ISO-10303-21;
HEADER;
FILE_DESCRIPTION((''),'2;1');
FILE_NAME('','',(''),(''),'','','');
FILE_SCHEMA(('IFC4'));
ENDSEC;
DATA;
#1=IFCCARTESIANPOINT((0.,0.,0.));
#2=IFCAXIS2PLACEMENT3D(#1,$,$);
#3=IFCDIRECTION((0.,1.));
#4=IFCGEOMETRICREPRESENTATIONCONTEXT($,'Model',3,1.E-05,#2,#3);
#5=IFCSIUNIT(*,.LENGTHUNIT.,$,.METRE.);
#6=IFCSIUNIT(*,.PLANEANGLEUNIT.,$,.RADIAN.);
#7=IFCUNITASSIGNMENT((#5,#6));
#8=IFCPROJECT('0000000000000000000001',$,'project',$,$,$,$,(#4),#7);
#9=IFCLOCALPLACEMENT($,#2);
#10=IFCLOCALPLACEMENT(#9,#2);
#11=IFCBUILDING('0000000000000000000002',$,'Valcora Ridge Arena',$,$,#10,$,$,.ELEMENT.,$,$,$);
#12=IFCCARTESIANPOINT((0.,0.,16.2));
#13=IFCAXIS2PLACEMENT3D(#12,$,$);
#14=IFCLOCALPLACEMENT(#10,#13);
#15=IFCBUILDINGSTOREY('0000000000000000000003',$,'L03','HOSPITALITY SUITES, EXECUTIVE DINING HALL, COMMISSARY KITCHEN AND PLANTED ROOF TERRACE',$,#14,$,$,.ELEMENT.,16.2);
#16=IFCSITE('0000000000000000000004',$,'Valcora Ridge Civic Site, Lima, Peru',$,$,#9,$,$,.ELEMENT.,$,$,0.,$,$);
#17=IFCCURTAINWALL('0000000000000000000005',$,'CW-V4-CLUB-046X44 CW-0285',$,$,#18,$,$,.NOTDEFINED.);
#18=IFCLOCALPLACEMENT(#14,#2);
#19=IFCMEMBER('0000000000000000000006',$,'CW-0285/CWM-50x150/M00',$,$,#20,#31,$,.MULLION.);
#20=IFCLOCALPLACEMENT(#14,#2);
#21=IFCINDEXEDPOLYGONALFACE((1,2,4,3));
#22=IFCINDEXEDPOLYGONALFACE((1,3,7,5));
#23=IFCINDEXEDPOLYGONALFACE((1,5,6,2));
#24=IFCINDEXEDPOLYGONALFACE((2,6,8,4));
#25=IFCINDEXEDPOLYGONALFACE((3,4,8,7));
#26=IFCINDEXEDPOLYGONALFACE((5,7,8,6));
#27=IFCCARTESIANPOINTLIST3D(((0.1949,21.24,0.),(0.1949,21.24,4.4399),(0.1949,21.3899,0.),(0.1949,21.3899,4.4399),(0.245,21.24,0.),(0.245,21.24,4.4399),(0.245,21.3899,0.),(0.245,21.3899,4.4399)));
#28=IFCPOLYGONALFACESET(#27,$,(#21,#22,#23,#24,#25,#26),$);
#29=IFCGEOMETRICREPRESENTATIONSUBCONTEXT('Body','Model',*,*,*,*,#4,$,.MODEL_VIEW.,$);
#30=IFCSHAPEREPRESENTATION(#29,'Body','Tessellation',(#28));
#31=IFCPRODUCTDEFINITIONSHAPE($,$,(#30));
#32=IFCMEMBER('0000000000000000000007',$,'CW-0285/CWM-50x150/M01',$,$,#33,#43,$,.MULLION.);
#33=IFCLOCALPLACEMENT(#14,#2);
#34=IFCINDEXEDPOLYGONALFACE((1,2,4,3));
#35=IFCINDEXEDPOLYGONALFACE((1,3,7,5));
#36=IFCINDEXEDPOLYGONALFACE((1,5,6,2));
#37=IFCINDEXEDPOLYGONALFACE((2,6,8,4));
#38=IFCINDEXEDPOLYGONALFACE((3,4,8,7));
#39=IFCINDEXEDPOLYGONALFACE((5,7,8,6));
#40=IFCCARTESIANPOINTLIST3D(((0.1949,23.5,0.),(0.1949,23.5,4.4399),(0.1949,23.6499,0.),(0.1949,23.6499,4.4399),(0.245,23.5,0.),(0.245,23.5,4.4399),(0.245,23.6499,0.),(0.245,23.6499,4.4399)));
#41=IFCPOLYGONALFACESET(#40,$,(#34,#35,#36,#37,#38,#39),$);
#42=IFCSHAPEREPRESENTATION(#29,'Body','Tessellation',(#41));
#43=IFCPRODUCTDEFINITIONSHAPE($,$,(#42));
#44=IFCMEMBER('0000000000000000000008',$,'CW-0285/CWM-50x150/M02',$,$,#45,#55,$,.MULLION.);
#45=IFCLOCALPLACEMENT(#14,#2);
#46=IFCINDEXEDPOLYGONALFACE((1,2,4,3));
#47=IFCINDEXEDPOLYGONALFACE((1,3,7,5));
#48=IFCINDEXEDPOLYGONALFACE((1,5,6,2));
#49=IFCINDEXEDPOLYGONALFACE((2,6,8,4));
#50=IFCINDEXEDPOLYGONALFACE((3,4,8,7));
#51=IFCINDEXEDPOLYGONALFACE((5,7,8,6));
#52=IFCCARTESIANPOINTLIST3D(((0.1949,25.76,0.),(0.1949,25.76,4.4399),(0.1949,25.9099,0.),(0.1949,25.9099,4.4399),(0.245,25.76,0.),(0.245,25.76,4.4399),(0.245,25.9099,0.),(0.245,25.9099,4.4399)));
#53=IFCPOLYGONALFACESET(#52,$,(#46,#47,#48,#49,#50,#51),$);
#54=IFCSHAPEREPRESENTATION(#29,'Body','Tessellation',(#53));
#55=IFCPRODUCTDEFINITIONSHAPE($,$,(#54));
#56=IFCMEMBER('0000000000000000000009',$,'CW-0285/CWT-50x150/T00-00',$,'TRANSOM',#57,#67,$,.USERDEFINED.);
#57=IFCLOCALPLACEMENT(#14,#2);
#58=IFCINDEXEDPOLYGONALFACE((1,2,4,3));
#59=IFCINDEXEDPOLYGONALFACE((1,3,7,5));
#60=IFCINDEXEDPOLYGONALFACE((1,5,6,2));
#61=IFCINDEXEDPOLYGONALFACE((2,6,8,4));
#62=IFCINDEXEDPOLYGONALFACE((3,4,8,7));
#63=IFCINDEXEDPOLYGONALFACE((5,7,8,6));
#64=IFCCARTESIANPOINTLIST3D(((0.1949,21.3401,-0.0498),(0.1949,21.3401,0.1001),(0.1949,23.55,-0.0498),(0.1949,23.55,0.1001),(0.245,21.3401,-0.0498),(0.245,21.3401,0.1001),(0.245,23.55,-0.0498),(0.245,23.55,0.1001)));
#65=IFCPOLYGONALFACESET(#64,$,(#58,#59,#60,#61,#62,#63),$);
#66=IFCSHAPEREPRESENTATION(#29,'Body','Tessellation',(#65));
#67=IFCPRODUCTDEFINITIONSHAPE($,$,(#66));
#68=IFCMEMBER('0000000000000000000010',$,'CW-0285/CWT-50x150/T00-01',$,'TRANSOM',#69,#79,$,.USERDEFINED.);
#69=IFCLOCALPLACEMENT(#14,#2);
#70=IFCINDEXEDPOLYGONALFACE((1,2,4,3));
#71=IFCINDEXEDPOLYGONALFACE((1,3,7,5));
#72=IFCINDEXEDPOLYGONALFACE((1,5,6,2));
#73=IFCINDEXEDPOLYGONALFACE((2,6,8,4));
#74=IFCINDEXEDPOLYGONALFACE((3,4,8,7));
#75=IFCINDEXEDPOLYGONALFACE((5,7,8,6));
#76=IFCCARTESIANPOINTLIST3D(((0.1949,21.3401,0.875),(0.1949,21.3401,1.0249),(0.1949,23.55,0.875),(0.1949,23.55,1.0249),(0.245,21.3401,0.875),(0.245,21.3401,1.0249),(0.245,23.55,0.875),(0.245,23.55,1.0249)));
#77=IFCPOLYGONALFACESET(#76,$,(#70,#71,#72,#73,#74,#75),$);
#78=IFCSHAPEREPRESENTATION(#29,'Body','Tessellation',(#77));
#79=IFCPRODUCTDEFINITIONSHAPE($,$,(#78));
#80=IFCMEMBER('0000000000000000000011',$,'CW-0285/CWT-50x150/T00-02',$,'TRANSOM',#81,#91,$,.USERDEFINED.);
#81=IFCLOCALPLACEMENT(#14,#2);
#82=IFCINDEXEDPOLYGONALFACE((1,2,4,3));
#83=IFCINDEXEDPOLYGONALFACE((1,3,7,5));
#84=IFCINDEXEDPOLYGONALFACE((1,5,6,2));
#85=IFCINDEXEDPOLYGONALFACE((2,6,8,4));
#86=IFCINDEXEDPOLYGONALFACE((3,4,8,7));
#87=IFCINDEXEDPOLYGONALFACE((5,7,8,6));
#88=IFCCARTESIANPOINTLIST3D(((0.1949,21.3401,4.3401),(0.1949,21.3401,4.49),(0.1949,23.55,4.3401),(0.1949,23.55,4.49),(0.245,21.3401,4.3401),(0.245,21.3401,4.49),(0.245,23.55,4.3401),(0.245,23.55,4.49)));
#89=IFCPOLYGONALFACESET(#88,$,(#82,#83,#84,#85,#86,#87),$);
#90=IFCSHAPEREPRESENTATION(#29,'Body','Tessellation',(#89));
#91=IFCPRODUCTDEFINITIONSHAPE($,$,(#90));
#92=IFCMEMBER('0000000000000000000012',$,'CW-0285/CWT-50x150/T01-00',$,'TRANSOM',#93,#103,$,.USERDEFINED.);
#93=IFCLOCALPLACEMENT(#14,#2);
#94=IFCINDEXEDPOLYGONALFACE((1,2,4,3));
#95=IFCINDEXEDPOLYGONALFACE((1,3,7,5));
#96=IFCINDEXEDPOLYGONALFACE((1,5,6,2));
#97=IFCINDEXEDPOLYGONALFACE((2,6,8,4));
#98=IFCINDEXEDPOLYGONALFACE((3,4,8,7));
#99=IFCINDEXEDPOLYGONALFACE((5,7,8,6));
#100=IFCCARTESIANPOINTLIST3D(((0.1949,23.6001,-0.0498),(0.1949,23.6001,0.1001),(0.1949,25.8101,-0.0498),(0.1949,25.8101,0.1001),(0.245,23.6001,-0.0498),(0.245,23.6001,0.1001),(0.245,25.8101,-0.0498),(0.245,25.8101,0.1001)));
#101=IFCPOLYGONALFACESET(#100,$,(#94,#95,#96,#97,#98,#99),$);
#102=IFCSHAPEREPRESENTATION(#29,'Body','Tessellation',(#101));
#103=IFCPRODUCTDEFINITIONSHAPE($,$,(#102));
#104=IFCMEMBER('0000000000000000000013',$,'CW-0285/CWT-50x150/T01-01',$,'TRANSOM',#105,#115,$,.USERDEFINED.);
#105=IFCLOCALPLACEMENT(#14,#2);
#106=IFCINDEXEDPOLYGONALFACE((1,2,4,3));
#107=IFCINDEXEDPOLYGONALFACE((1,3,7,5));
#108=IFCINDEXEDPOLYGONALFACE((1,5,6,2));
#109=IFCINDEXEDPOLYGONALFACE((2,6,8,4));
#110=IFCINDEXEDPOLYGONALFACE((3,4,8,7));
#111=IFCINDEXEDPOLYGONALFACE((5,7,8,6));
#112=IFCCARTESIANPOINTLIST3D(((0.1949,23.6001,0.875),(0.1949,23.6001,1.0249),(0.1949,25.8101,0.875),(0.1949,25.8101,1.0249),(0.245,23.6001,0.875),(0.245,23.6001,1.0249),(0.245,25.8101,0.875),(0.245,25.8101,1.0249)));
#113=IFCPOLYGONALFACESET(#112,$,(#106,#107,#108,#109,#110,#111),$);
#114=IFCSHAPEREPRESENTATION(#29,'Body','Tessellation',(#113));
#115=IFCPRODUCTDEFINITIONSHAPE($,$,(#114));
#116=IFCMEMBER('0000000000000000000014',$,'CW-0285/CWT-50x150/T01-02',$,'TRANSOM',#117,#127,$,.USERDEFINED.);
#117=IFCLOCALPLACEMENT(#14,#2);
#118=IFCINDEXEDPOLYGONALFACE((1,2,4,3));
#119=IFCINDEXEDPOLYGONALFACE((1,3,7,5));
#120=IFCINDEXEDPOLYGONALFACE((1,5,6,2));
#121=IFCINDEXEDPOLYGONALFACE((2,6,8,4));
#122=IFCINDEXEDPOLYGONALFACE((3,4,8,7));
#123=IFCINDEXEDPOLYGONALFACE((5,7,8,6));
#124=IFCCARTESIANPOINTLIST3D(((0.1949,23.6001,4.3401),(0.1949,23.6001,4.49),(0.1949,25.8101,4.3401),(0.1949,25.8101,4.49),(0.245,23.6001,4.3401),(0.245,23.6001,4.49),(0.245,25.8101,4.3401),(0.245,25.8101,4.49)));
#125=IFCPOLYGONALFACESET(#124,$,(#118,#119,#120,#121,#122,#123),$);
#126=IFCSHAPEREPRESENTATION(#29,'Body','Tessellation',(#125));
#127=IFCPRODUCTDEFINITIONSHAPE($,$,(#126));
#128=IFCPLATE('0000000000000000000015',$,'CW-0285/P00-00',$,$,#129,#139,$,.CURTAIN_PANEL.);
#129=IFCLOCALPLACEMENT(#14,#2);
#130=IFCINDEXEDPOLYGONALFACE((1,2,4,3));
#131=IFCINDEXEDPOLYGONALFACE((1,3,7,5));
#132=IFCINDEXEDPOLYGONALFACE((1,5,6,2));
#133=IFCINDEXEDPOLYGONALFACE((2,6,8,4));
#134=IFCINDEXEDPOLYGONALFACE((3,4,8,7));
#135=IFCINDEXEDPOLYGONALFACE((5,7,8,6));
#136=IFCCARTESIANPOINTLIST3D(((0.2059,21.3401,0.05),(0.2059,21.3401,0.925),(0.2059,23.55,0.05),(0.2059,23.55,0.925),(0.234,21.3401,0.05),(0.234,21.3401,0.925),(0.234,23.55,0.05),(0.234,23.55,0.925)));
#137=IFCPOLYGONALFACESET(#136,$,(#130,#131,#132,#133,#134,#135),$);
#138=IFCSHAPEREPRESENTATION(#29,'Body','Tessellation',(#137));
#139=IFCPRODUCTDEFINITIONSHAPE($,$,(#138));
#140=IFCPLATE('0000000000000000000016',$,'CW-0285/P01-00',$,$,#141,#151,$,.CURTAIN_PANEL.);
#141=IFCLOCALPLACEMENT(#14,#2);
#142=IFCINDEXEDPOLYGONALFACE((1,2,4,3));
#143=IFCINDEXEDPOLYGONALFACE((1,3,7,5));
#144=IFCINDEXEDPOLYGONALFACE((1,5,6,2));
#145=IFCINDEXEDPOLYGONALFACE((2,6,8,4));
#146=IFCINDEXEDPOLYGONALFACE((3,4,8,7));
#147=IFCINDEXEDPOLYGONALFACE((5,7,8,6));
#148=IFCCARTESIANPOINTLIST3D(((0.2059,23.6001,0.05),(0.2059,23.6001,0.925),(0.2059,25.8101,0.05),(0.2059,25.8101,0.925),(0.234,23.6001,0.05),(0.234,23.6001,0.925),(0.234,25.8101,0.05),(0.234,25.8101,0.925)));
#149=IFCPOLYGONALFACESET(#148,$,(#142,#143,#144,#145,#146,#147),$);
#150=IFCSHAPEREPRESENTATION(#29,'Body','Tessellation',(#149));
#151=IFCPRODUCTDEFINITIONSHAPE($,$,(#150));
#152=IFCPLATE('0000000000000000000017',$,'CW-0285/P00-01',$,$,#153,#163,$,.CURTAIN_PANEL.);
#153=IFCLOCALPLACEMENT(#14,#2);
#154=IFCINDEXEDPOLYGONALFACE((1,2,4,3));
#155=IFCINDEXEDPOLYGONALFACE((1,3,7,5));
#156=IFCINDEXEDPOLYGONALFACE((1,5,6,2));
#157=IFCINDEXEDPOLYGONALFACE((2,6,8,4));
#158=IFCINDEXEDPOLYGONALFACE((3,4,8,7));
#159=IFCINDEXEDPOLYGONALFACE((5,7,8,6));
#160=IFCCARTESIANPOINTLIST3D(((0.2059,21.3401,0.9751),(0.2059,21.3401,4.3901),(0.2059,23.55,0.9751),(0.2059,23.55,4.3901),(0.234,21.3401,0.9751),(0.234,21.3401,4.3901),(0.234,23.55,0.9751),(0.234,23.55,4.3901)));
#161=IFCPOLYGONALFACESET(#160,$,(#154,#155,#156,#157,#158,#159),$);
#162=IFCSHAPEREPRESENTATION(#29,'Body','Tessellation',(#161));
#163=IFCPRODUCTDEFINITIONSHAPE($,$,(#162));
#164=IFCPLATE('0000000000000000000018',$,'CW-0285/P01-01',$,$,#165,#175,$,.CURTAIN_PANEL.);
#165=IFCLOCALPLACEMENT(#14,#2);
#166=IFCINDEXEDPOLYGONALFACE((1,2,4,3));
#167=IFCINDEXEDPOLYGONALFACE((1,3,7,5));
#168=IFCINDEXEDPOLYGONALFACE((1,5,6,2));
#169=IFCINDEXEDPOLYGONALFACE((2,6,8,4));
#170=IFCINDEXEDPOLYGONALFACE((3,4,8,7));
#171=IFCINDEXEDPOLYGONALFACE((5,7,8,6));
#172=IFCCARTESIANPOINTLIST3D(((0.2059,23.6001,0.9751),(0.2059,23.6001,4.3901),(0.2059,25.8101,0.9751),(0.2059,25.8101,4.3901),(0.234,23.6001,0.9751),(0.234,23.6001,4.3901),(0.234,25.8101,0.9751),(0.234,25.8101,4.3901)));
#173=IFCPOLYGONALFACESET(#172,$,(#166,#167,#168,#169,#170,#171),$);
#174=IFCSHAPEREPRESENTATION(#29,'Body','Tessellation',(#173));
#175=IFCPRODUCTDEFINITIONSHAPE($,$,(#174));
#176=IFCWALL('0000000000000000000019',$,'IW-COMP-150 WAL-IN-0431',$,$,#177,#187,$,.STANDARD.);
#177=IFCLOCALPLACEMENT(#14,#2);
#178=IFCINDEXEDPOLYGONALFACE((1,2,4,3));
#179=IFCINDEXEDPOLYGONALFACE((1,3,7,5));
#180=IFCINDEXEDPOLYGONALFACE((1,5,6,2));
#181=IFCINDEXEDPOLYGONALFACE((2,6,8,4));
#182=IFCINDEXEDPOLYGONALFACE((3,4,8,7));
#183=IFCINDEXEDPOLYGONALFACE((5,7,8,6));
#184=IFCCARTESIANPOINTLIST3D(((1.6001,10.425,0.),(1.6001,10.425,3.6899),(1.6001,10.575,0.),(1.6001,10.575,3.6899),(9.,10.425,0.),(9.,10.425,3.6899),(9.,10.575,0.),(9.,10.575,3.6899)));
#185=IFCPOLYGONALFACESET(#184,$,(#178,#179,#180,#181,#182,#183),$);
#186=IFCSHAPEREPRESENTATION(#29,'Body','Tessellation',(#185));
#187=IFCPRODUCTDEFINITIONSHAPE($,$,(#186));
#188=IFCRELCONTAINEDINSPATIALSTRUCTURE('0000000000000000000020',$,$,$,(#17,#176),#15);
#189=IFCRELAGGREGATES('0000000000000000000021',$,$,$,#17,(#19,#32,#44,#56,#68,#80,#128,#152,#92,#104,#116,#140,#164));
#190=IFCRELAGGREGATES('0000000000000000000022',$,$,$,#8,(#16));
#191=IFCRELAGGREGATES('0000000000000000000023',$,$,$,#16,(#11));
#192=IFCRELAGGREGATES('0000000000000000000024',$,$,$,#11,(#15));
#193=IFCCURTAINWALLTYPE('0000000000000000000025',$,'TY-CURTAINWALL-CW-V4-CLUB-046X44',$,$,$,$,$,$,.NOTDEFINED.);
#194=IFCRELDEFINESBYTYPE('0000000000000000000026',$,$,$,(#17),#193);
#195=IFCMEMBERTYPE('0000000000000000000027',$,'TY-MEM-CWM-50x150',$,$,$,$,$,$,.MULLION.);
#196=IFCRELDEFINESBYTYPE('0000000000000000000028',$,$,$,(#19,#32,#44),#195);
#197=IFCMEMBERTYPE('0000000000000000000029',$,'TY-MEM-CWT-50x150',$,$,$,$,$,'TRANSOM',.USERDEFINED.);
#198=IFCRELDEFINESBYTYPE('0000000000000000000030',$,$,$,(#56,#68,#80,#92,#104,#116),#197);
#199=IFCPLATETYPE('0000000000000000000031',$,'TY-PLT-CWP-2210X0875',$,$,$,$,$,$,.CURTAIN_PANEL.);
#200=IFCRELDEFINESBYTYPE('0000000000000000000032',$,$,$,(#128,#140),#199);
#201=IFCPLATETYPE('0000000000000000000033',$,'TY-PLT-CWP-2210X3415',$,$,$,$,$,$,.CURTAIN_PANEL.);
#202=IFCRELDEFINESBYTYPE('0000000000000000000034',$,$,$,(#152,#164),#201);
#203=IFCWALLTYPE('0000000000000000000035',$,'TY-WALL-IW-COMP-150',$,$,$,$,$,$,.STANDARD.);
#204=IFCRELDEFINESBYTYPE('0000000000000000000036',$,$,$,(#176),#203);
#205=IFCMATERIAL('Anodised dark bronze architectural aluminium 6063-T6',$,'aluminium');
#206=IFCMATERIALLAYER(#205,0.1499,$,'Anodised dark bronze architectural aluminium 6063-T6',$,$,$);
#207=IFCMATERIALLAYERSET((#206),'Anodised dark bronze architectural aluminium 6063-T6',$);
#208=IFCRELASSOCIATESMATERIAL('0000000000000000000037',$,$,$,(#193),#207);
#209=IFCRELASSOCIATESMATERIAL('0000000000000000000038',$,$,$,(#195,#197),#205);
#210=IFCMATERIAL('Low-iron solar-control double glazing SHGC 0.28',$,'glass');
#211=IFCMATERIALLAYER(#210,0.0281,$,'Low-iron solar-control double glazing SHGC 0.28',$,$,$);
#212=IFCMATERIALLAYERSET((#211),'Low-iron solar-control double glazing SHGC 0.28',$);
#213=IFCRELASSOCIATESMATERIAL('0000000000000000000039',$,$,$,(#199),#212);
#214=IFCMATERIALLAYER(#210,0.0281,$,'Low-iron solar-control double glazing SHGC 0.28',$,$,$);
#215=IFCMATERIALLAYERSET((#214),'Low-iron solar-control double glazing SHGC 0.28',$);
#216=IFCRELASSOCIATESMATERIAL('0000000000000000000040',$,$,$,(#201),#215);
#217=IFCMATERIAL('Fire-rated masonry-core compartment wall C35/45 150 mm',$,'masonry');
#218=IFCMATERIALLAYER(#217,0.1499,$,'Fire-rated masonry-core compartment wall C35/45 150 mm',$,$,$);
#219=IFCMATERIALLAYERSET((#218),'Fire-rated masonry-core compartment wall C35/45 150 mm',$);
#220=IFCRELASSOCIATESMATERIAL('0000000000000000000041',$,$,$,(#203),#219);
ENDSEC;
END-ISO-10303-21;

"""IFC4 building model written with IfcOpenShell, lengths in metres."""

from ifc_helpers import new_model, si_unit, direction, frame, frame_2d, origin, origin_2d, place, context, subcontext, project, spatial, rectangle, extrude, material, layer, layer_set, material_profile, profile_set, type_object, element, aggregate, save


model = new_model("IFC4")

# Units and contexts
model_context = context("Model", 3, precision=1e-05, world=origin(), true_north=direction((0.0, 1.0)))
body_context = subcontext(model_context, "Body", "Model", "MODEL_VIEW")
ifc_project = project(units=[si_unit("LENGTHUNIT", "METRE"), si_unit("PLANEANGLEUNIT", "RADIAN")], contexts=[model_context])

# Site, building, storey
site_placement = place(None, origin())
site = spatial("IfcSite", under=ifc_project, at=site_placement, Name="Valcora Ridge Civic Site, Lima, Peru", CompositionType="ELEMENT", RefElevation=0.0)
building_placement = place(site_placement, origin())
building = spatial("IfcBuilding", under=site, at=building_placement, Name="Valcora Ridge Arena", CompositionType="ELEMENT")
storey_placement = place(building_placement, frame((0.0, 0.0, 16.2)))
storey = spatial("IfcBuildingStorey", under=building, at=storey_placement, Name="L03", Description="HOSPITALITY SUITES, EXECUTIVE DINING HALL, COMMISSARY KITCHEN AND PLANTED ROOF TERRACE", CompositionType="ELEMENT", Elevation=16.2)

# Curtain wall, members, plates
ifc_material_1 = material(Name="Anodised dark bronze architectural aluminium 6063-T6", Category="aluminium")
ifc_layer_1 = layer(ifc_material_1, 0.1499, Name="Anodised dark bronze architectural aluminium 6063-T6")
ifc_layer_set_1 = layer_set([ifc_layer_1], Name="Anodised dark bronze architectural aluminium 6063-T6")
curtain_wall_type = type_object("IfcCurtainWallType", Name="TY-CURTAINWALL-CW-V4-CLUB-046X44", PredefinedType="NOTDEFINED", material=ifc_layer_set_1)
curtain_wall_placement = place(storey_placement, origin())
curtain_wall = element("IfcCurtainWall", 1, at=curtain_wall_placement, inside=storey, type_object=curtain_wall_type, Name="CW-V4-CLUB-046X44 CW-0285", PredefinedType="NOTDEFINED")
ifc_material_profile_1 = material_profile(ifc_material_1, rectangle(XDim=0.05, YDim=0.1499, at=origin_2d()), Name="ALU MULLION 50x150")
ifc_profile_set_1 = profile_set([ifc_material_profile_1], Name="Anodised dark bronze architectural aluminium 6063-T6")
member_type_1 = type_object("IfcMemberType", Name="TY-MEM-CWM-50x150", PredefinedType="MULLION", material=ifc_profile_set_1)
member_1_placement = place(storey_placement, frame((0.22, 21.3149, 0.0), z_axis=(0.0, 0.0, 1.0), x_axis=(-1.0, 0.0, 0.0)))
member_1 = element("IfcMember", 2, at=member_1_placement, type_object=member_type_1, Name="CW-0285/CWM-50x150/M00", PredefinedType="MULLION", context=body_context, shape_type="SweptSolid", body=[
    extrude(rectangle(XDim=0.05, YDim=0.1499, at=origin_2d()), origin(), (0.0, 0.0, 1.0), 4.4399),
])
member_2_placement = place(storey_placement, frame((0.22, 23.575, 0.0), z_axis=(0.0, 0.0, 1.0), x_axis=(-1.0, 0.0, 0.0)))
member_2 = element("IfcMember", 3, at=member_2_placement, type_object=member_type_1, Name="CW-0285/CWM-50x150/M01", PredefinedType="MULLION", context=body_context, shape_type="SweptSolid", body=[
    extrude(rectangle(XDim=0.05, YDim=0.1499, at=origin_2d()), origin(), (0.0, 0.0, 1.0), 4.4399),
])
member_3_placement = place(storey_placement, frame((0.22, 25.835, 0.0), z_axis=(0.0, 0.0, 1.0), x_axis=(-1.0, 0.0, 0.0)))
member_3 = element("IfcMember", 4, at=member_3_placement, type_object=member_type_1, Name="CW-0285/CWM-50x150/M02", PredefinedType="MULLION", context=body_context, shape_type="SweptSolid", body=[
    extrude(rectangle(XDim=0.05, YDim=0.1499, at=origin_2d()), origin(), (0.0, 0.0, 1.0), 4.4399),
])
ifc_material_profile_2 = material_profile(ifc_material_1, rectangle(XDim=0.05, YDim=0.1499, at=origin_2d()), Name="ALU TRANSOM 50x150")
ifc_profile_set_2 = profile_set([ifc_material_profile_2], Name="Anodised dark bronze architectural aluminium 6063-T6")
member_type_2 = type_object("IfcMemberType", Name="TY-MEM-CWT-50x150", ElementType="TRANSOM", PredefinedType="USERDEFINED", material=ifc_profile_set_2)
member_4_placement = place(storey_placement, frame((0.22, 21.3401, 0.0251), z_axis=(0.0, 1.0, 0.0), x_axis=(-1.0, 0.0, 0.0)))
member_4 = element("IfcMember", 5, at=member_4_placement, type_object=member_type_2, Name="CW-0285/CWT-50x150/T00-00", ObjectType="TRANSOM", PredefinedType="USERDEFINED", context=body_context, shape_type="SweptSolid", body=[
    extrude(rectangle(XDim=0.05, YDim=0.1499, at=origin_2d()), origin(), (0.0, 0.0, 1.0), 2.21),
])
member_5_placement = place(storey_placement, frame((0.22, 21.3401, 0.95), z_axis=(0.0, 1.0, 0.0), x_axis=(-1.0, 0.0, 0.0)))
member_5 = element("IfcMember", 6, at=member_5_placement, type_object=member_type_2, Name="CW-0285/CWT-50x150/T00-01", ObjectType="TRANSOM", PredefinedType="USERDEFINED", context=body_context, shape_type="SweptSolid", body=[
    extrude(rectangle(XDim=0.05, YDim=0.1499, at=origin_2d()), origin(), (0.0, 0.0, 1.0), 2.21),
])
member_6_placement = place(storey_placement, frame((0.22, 21.3401, 4.415), z_axis=(0.0, 1.0, 0.0), x_axis=(-1.0, 0.0, 0.0)))
member_6 = element("IfcMember", 7, at=member_6_placement, type_object=member_type_2, Name="CW-0285/CWT-50x150/T00-02", ObjectType="TRANSOM", PredefinedType="USERDEFINED", context=body_context, shape_type="SweptSolid", body=[
    extrude(rectangle(XDim=0.05, YDim=0.1499, at=origin_2d()), origin(), (0.0, 0.0, 1.0), 2.21),
])
member_7_placement = place(storey_placement, frame((0.22, 23.6001, 0.0251), z_axis=(0.0, 1.0, 0.0), x_axis=(-1.0, 0.0, 0.0)))
member_7 = element("IfcMember", 8, at=member_7_placement, type_object=member_type_2, Name="CW-0285/CWT-50x150/T01-00", ObjectType="TRANSOM", PredefinedType="USERDEFINED", context=body_context, shape_type="SweptSolid", body=[
    extrude(rectangle(XDim=0.05, YDim=0.1499, at=origin_2d()), origin(), (0.0, 0.0, 1.0), 2.21),
])
member_8_placement = place(storey_placement, frame((0.22, 23.6001, 0.95), z_axis=(0.0, 1.0, 0.0), x_axis=(-1.0, 0.0, 0.0)))
member_8 = element("IfcMember", 9, at=member_8_placement, type_object=member_type_2, Name="CW-0285/CWT-50x150/T01-01", ObjectType="TRANSOM", PredefinedType="USERDEFINED", context=body_context, shape_type="SweptSolid", body=[
    extrude(rectangle(XDim=0.05, YDim=0.1499, at=origin_2d()), origin(), (0.0, 0.0, 1.0), 2.21),
])
member_9_placement = place(storey_placement, frame((0.22, 23.6001, 4.415), z_axis=(0.0, 1.0, 0.0), x_axis=(-1.0, 0.0, 0.0)))
member_9 = element("IfcMember", 10, at=member_9_placement, type_object=member_type_2, Name="CW-0285/CWT-50x150/T01-02", ObjectType="TRANSOM", PredefinedType="USERDEFINED", context=body_context, shape_type="SweptSolid", body=[
    extrude(rectangle(XDim=0.05, YDim=0.1499, at=origin_2d()), origin(), (0.0, 0.0, 1.0), 2.21),
])
ifc_material_2 = material(Name="Low-iron solar-control double glazing SHGC 0.28", Category="glass")
ifc_layer_2 = layer(ifc_material_2, 0.0281, Name="Low-iron solar-control double glazing SHGC 0.28")
ifc_layer_set_2 = layer_set([ifc_layer_2], Name="Low-iron solar-control double glazing SHGC 0.28")
plate_type_1 = type_object("IfcPlateType", Name="TY-PLT-CWP-2210X0875", PredefinedType="CURTAIN_PANEL", material=ifc_layer_set_2)
plate_1_placement = place(storey_placement, frame((0.22, 22.4451, 0.05), z_axis=(0.0, 0.0, 1.0), x_axis=(0.0, 1.0, 0.0)))
plate_1 = element("IfcPlate", 11, at=plate_1_placement, type_object=plate_type_1, Name="CW-0285/P00-00", PredefinedType="CURTAIN_PANEL", context=body_context, shape_type="SweptSolid", body=[
    extrude(rectangle(XDim=2.21, YDim=0.0281, at=origin_2d()), origin(), (0.0, 0.0, 1.0), 0.875),
])
plate_2_placement = place(storey_placement, frame((0.22, 24.7051, 0.05), z_axis=(0.0, 0.0, 1.0), x_axis=(0.0, 1.0, 0.0)))
plate_2 = element("IfcPlate", 12, at=plate_2_placement, type_object=plate_type_1, Name="CW-0285/P01-00", PredefinedType="CURTAIN_PANEL", context=body_context, shape_type="SweptSolid", body=[
    extrude(rectangle(XDim=2.21, YDim=0.0281, at=origin_2d()), origin(), (0.0, 0.0, 1.0), 0.875),
])
ifc_layer_3 = layer(ifc_material_2, 0.0281, Name="Low-iron solar-control double glazing SHGC 0.28")
ifc_layer_set_3 = layer_set([ifc_layer_3], Name="Low-iron solar-control double glazing SHGC 0.28")
plate_type_2 = type_object("IfcPlateType", Name="TY-PLT-CWP-2210X3415", PredefinedType="CURTAIN_PANEL", material=ifc_layer_set_3)
plate_3_placement = place(storey_placement, frame((0.22, 22.4451, 0.9751), z_axis=(0.0, 0.0, 1.0), x_axis=(0.0, 1.0, 0.0)))
plate_3 = element("IfcPlate", 13, at=plate_3_placement, type_object=plate_type_2, Name="CW-0285/P00-01", PredefinedType="CURTAIN_PANEL", context=body_context, shape_type="SweptSolid", body=[
    extrude(rectangle(XDim=2.21, YDim=0.0281, at=origin_2d()), origin(), (0.0, 0.0, 1.0), 3.415),
])
plate_4_placement = place(storey_placement, frame((0.22, 24.7051, 0.9751), z_axis=(0.0, 0.0, 1.0), x_axis=(0.0, 1.0, 0.0)))
plate_4 = element("IfcPlate", 14, at=plate_4_placement, type_object=plate_type_2, Name="CW-0285/P01-01", PredefinedType="CURTAIN_PANEL", context=body_context, shape_type="SweptSolid", body=[
    extrude(rectangle(XDim=2.21, YDim=0.0281, at=origin_2d()), origin(), (0.0, 0.0, 1.0), 3.415),
])
aggregate(curtain_wall, [member_1, member_2, member_3, member_4, member_5, member_6, plate_1, plate_3, member_7, member_8, member_9, plate_2, plate_4])

# Wall
ifc_material_3 = material(Name="Fire-rated masonry-core compartment wall C35/45 150 mm", Category="masonry")
ifc_layer_4 = layer(ifc_material_3, 0.1499, Name="Fire-rated masonry-core compartment wall C35/45 150 mm")
ifc_layer_set_4 = layer_set([ifc_layer_4], Name="Fire-rated masonry-core compartment wall C35/45 150 mm")
wall_type_1 = type_object("IfcWallType", Name="TY-WALL-IW-COMP-150", PredefinedType="STANDARD", material=ifc_layer_set_4)
wall_1_placement = place(storey_placement, frame((1.6001, 10.5, 0.0), z_axis=(0.0, 0.0, 1.0), x_axis=(1.0, 0.0, 0.0)))
element("IfcWall", 15, at=wall_1_placement, inside=storey, type_object=wall_type_1, Name="IW-COMP-150 WAL-IN-0431", PredefinedType="STANDARD", context=body_context, shape_type="SweptSolid", body=[
    extrude(rectangle(XDim=7.3999, YDim=0.1499, at=frame_2d((3.7, 0.0))), origin(), (0.0, 0.0, 1.0), 3.6899),
])

save(model, "model.ifc")
